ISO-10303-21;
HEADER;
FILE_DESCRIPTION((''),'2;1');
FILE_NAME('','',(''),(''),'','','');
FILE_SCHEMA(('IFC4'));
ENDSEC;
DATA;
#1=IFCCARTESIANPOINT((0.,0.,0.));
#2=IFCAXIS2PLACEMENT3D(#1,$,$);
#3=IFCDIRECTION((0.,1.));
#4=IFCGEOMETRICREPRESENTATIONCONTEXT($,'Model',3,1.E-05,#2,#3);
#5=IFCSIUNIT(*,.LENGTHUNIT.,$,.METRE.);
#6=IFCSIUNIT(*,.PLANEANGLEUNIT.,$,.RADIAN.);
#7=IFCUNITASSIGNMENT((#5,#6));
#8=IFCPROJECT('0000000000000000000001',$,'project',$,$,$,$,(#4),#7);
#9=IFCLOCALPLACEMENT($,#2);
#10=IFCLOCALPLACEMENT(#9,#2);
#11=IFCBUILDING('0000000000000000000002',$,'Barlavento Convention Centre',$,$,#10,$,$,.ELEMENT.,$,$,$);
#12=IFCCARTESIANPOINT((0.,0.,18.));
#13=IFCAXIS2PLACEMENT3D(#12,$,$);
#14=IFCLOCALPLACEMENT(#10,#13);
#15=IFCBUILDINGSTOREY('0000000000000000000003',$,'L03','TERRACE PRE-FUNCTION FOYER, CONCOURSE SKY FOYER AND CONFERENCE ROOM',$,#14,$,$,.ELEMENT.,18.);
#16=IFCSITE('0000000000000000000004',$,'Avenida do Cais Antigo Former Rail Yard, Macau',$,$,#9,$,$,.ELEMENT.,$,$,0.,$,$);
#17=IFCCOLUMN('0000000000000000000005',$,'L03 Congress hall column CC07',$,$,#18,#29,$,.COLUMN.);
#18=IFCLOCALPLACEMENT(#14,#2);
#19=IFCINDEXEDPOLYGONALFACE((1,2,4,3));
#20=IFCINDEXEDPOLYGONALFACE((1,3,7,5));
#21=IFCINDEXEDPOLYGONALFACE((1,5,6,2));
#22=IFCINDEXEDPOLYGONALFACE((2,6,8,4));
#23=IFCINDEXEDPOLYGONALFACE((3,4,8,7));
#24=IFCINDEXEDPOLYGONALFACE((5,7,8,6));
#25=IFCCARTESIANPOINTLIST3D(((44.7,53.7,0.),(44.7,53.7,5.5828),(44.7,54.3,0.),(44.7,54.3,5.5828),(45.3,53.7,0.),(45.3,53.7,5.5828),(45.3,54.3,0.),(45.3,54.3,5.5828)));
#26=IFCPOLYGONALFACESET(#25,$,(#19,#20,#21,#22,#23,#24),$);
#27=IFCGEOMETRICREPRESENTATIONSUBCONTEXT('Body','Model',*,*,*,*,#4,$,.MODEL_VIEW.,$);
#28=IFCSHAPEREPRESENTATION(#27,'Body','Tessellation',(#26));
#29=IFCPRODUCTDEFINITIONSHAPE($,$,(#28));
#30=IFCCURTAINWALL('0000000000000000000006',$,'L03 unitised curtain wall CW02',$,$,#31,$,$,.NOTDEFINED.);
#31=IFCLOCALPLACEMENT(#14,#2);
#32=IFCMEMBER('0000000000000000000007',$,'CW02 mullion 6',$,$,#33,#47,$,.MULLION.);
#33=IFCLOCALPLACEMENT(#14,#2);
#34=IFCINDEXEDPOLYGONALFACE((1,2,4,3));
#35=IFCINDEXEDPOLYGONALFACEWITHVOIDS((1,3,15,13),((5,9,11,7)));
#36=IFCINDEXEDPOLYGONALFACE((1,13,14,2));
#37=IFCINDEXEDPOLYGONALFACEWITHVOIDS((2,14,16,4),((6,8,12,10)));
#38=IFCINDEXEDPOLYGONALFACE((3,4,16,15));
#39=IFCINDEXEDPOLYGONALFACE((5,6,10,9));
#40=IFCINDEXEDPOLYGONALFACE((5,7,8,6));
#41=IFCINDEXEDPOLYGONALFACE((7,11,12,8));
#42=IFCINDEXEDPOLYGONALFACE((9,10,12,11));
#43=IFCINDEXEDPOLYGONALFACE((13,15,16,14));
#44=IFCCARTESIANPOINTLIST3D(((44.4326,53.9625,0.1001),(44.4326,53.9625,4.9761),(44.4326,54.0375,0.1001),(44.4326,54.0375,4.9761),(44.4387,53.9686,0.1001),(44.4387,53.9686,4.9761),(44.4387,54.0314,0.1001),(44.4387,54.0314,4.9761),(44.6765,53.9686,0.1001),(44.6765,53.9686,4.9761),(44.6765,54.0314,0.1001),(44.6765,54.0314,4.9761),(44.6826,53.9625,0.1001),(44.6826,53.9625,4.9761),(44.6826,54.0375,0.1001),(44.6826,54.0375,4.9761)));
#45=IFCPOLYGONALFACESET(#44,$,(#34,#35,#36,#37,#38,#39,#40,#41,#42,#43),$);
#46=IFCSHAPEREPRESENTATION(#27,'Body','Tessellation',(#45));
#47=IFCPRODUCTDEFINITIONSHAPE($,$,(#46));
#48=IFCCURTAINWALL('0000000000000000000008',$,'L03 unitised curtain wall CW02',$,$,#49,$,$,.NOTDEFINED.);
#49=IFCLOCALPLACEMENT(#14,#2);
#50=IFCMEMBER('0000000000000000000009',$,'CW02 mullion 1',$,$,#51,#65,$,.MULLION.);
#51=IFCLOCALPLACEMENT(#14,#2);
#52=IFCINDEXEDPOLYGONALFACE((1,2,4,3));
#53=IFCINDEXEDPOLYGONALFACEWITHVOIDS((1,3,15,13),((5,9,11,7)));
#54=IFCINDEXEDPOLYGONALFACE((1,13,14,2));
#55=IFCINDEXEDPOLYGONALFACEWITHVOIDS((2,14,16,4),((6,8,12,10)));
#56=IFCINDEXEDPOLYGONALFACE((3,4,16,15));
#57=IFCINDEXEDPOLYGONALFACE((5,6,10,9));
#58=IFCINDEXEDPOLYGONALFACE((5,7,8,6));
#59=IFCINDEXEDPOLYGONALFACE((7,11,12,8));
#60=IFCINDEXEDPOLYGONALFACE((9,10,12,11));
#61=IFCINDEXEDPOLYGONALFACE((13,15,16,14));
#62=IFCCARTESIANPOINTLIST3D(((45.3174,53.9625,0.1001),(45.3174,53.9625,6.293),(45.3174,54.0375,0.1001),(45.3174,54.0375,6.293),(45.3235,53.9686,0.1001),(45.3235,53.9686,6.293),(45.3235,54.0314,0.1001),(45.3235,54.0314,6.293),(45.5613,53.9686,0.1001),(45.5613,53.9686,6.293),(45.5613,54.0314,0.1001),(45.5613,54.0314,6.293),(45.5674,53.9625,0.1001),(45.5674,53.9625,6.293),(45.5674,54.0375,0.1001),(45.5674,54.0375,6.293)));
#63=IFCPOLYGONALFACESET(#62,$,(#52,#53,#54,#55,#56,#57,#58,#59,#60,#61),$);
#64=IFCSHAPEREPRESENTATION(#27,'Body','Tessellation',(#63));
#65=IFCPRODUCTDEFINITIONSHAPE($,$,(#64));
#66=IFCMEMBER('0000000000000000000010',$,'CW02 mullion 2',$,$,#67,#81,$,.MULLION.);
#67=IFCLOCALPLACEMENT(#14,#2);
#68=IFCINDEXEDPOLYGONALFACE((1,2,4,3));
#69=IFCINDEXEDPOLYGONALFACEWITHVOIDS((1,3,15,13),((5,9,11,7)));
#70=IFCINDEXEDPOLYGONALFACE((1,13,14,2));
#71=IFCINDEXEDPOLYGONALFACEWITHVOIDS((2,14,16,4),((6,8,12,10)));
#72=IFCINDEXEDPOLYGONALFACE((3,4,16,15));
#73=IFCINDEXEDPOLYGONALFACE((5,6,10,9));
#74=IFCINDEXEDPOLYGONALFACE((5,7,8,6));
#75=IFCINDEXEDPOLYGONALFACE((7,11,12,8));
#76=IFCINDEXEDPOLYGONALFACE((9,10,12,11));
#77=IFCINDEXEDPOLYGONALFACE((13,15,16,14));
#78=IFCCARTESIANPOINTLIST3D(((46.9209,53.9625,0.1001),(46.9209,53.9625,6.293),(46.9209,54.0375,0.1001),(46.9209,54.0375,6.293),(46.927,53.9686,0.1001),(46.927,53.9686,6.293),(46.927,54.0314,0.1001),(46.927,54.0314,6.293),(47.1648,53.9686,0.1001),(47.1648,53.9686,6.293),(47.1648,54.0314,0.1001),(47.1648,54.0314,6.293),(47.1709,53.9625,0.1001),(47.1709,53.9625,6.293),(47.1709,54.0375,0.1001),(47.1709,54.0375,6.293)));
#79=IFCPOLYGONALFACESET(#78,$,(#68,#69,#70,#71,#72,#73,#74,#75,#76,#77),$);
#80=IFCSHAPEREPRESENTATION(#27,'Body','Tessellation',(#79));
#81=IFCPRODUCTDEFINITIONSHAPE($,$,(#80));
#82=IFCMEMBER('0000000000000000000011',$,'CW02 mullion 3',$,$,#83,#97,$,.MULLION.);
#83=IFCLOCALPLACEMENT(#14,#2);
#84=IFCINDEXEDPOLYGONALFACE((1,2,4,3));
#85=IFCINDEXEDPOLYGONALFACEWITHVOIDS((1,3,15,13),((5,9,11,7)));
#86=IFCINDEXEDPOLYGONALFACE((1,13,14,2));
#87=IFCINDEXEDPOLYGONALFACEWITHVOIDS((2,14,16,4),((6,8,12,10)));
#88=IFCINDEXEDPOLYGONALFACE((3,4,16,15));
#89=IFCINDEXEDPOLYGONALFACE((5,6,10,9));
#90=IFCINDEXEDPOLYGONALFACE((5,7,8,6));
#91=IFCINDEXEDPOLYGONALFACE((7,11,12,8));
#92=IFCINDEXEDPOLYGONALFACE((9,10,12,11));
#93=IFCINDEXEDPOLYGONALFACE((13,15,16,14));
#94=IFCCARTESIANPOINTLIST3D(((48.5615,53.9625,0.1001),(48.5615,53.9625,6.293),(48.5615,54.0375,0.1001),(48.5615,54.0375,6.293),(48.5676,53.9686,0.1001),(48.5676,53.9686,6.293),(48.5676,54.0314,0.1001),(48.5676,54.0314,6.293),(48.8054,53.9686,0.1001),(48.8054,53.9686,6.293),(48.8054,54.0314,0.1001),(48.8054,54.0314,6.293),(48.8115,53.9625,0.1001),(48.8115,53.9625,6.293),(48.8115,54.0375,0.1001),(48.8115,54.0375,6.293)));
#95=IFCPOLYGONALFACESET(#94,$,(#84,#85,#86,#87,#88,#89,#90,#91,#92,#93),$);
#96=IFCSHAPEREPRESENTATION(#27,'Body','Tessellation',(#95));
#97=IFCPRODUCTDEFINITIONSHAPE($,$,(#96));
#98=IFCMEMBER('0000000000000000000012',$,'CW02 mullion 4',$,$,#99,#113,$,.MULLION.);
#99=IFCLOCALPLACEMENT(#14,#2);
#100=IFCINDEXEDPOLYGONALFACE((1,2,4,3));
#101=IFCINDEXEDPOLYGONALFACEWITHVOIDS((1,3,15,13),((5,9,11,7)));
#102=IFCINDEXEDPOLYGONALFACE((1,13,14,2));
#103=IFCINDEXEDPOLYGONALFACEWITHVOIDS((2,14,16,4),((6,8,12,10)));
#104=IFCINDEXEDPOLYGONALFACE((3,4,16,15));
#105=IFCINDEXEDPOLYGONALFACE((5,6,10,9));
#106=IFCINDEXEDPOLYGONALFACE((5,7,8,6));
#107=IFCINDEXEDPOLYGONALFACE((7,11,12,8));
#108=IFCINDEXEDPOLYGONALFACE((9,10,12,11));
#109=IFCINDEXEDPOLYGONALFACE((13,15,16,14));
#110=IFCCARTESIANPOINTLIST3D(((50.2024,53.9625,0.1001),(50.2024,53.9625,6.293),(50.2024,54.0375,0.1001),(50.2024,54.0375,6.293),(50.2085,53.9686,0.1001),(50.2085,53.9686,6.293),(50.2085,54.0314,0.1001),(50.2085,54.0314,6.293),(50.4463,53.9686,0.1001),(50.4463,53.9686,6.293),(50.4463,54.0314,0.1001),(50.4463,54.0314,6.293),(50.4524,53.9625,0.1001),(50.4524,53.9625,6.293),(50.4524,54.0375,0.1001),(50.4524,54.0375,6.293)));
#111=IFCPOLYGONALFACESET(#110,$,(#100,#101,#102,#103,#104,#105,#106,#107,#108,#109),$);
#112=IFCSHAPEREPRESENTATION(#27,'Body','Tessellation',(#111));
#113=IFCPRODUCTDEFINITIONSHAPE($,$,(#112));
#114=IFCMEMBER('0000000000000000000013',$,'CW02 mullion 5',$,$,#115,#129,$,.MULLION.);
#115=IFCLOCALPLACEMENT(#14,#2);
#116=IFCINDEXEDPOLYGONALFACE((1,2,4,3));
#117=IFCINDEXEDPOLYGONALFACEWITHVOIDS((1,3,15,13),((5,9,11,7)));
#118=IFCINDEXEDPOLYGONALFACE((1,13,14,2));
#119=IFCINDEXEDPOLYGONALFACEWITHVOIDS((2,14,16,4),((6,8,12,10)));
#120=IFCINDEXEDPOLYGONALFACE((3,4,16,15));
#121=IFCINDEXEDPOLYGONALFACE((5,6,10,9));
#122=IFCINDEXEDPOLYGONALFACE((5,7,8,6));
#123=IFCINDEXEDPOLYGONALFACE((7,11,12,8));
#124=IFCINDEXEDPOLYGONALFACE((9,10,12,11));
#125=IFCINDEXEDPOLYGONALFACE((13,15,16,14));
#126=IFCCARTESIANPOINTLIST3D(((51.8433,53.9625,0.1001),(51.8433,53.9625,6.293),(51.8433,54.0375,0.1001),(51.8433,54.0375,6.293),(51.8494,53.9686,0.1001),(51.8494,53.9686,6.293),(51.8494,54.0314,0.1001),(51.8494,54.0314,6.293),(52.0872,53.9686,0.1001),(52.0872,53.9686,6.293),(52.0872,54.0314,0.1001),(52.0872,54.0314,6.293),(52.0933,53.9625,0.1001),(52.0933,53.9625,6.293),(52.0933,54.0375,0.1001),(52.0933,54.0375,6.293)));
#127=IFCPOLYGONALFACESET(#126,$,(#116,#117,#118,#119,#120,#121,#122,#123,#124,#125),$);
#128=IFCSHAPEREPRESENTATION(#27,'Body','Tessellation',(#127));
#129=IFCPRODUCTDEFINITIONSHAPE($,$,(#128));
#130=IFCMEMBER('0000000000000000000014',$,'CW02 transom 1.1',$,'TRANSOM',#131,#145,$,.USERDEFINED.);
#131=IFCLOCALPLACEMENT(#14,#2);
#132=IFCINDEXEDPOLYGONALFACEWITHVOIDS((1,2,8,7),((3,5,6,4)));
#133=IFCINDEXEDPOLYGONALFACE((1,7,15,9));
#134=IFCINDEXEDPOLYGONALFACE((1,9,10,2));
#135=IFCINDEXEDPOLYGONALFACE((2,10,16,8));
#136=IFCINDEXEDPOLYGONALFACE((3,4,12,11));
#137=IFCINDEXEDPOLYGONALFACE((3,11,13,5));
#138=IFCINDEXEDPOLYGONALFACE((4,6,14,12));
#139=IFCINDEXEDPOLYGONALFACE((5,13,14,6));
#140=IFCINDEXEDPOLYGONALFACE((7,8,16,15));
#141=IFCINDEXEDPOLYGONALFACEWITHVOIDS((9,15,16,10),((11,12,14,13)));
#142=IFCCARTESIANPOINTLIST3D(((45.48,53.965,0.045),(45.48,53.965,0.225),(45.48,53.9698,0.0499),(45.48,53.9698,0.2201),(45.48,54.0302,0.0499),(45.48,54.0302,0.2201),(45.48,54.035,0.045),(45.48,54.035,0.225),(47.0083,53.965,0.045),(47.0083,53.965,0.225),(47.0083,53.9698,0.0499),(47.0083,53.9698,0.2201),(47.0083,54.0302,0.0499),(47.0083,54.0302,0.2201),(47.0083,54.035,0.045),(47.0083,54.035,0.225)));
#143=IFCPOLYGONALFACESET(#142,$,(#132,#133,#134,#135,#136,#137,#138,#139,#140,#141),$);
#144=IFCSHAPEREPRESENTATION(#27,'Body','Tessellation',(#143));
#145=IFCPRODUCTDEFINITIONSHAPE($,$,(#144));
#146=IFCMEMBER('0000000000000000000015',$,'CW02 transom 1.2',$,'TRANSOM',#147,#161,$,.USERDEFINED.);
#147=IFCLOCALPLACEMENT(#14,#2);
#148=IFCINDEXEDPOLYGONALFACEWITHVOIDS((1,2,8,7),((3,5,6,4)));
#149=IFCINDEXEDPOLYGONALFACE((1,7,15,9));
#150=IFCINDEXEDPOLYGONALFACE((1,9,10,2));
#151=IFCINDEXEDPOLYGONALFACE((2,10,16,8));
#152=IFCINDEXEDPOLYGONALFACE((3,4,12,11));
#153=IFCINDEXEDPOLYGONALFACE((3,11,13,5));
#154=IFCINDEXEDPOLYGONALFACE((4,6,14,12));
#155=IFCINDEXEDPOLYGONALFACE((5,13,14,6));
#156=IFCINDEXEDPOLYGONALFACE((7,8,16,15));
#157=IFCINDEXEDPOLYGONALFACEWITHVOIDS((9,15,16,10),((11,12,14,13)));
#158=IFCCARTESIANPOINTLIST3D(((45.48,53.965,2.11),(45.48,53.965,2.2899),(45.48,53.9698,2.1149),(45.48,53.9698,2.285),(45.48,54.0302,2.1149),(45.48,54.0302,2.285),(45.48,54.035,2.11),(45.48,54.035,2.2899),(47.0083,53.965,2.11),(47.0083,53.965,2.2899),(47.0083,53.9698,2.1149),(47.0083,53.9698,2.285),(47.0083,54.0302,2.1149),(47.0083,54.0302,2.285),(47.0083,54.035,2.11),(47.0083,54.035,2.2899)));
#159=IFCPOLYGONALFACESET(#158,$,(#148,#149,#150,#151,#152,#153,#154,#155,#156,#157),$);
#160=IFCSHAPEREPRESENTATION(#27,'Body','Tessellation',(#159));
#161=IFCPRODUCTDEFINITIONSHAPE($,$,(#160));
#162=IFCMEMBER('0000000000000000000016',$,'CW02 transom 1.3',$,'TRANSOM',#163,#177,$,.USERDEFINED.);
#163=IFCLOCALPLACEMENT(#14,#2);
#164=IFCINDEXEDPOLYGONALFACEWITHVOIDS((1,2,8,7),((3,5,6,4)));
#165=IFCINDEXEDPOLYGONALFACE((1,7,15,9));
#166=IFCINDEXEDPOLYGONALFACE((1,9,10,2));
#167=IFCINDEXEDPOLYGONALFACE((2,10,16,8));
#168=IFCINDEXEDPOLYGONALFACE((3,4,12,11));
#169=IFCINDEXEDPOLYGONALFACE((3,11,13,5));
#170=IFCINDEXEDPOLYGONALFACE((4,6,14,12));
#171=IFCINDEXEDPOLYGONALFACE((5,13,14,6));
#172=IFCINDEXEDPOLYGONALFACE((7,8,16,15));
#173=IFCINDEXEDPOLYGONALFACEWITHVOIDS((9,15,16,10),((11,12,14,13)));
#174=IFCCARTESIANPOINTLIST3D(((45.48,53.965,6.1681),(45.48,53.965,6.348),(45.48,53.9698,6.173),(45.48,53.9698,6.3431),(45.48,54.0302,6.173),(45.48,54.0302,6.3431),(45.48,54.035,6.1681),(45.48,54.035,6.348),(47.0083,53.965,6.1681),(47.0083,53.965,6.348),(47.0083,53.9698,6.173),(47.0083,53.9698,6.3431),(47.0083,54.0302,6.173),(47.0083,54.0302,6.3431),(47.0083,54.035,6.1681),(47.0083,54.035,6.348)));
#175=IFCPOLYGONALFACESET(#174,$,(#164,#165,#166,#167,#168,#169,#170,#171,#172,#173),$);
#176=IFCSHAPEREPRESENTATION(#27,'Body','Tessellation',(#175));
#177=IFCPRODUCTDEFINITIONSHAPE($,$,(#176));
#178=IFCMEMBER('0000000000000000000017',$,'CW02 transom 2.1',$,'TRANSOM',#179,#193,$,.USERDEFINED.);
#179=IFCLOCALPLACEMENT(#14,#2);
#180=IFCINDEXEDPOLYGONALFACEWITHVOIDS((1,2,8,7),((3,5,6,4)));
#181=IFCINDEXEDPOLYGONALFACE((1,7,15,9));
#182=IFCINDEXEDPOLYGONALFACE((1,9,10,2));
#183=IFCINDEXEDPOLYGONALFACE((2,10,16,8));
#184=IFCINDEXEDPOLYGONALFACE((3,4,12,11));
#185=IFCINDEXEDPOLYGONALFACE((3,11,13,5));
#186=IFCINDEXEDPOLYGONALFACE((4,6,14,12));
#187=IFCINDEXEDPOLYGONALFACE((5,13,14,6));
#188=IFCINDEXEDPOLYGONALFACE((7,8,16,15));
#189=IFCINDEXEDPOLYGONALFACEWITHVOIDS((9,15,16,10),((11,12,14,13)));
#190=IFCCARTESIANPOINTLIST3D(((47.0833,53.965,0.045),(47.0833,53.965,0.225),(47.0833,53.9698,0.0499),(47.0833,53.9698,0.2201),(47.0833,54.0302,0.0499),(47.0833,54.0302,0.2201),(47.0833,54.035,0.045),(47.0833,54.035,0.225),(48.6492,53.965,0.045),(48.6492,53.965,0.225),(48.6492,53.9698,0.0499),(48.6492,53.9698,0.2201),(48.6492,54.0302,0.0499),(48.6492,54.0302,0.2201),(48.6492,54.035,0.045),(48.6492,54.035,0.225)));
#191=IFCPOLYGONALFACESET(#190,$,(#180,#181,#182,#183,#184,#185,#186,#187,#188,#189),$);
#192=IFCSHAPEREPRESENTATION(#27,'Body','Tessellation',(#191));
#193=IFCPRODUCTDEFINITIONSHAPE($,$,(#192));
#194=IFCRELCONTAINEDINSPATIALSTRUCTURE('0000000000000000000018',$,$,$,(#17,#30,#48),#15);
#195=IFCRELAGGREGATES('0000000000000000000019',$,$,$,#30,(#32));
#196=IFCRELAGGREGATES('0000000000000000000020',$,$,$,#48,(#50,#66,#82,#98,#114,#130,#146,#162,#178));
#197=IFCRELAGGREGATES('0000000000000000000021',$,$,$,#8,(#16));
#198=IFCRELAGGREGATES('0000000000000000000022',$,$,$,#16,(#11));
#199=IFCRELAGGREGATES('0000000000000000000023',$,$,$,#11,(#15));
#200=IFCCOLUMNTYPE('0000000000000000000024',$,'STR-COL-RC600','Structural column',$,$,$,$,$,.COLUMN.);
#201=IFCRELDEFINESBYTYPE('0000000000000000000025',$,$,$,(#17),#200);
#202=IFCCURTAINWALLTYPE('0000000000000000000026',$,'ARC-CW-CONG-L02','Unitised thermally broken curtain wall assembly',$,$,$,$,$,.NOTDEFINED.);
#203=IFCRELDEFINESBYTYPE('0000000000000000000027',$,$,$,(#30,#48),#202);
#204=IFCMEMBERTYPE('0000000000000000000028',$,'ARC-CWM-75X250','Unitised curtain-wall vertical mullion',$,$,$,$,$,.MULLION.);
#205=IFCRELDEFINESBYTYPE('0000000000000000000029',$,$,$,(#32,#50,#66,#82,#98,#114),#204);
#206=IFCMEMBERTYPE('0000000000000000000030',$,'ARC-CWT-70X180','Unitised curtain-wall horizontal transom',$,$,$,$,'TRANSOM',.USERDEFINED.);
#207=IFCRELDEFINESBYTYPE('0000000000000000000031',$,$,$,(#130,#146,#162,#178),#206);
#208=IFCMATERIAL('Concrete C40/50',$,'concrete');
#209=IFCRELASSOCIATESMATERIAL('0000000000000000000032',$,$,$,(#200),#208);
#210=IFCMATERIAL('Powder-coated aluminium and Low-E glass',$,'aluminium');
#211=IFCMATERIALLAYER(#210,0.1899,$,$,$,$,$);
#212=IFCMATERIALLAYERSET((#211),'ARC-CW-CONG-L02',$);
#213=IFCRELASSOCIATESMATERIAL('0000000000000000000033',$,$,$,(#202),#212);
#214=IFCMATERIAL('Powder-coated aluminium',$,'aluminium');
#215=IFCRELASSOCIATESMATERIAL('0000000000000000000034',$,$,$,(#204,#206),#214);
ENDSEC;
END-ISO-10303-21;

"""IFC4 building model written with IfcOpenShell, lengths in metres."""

from ifc_helpers import new_model, si_unit, direction, frame, origin, origin_2d, place, context, subcontext, project, spatial, rectangle, hollow_rectangle, extrude, material, layer, layer_set, material_profile, profile_set, type_object, element, aggregate, save


model = new_model("IFC4")

# Units and contexts
model_context = context("Model", 3, precision=1e-05, world=origin(), true_north=direction((0.0, 1.0)))
body_context = subcontext(model_context, "Body", "Model", "MODEL_VIEW")
ifc_project = project(units=[si_unit("LENGTHUNIT", "METRE"), si_unit("PLANEANGLEUNIT", "RADIAN")], contexts=[model_context])

# Site, building, storey
site_placement = place(None, origin())
site = spatial("IfcSite", under=ifc_project, at=site_placement, Name="Avenida do Cais Antigo Former Rail Yard, Macau", CompositionType="ELEMENT", RefElevation=0.0)
building_placement = place(site_placement, origin())
building = spatial("IfcBuilding", under=site, at=building_placement, Name="Barlavento Convention Centre", CompositionType="ELEMENT")
storey_placement = place(building_placement, frame((0.0, 0.0, 18.0)))
storey = spatial("IfcBuildingStorey", under=building, at=storey_placement, Name="L03", Description="TERRACE PRE-FUNCTION FOYER, CONCOURSE SKY FOYER AND CONFERENCE ROOM", CompositionType="ELEMENT", Elevation=18.0)

# Column
ifc_material_1 = material(Name="Concrete C40/50", Category="concrete")
ifc_material_profile_1 = material_profile(ifc_material_1, rectangle(XDim=0.6001, YDim=0.6001, at=origin_2d()), Name="RC 600x600")
ifc_profile_set_1 = profile_set([ifc_material_profile_1], Name="Concrete C40/50")
column_type = type_object("IfcColumnType", Name="STR-COL-RC600", Description="Structural column", PredefinedType="COLUMN", material=ifc_profile_set_1)
column_placement = place(storey_placement, frame((45.0, 54.0, 0.0), z_axis=(0.0, 0.0, 1.0), x_axis=(1.0, 0.0, 0.0)))
element("IfcColumn", 1, at=column_placement, inside=storey, type_object=column_type, Name="L03 Congress hall column CC07", PredefinedType="COLUMN", context=body_context, shape_type="SweptSolid", body=[
    extrude(rectangle(XDim=0.6001, YDim=0.6001, at=origin_2d()), origin(), (0.0, 0.0, 1.0), 5.5828),
])

# Curtain wall, member
ifc_material_2 = material(Name="Powder-coated aluminium and Low-E glass", Category="aluminium")
ifc_layer_1 = layer(ifc_material_2, 0.1899)
ifc_layer_set_1 = layer_set([ifc_layer_1], Name="ARC-CW-CONG-L02")
curtain_wall_type = type_object("IfcCurtainWallType", Name="ARC-CW-CONG-L02", Description="Unitised thermally broken curtain wall assembly", PredefinedType="NOTDEFINED", material=ifc_layer_set_1)
curtain_wall_1_placement = place(storey_placement, origin())
curtain_wall_1 = element("IfcCurtainWall", 2, at=curtain_wall_1_placement, inside=storey, type_object=curtain_wall_type, Name="L03 unitised curtain wall CW02", PredefinedType="NOTDEFINED")
ifc_material_3 = material(Name="Powder-coated aluminium", Category="aluminium")
ifc_material_profile_2 = material_profile(ifc_material_3, hollow_rectangle(XDim=0.075, YDim=0.25, WallThickness=0.0061, at=origin_2d()), Name="AL-MULL 75x250x6")
ifc_profile_set_2 = profile_set([ifc_material_profile_2], Name="Powder-coated aluminium")
member_type_1 = type_object("IfcMemberType", Name="ARC-CWM-75X250", Description="Unitised curtain-wall vertical mullion", PredefinedType="MULLION", material=ifc_profile_set_2)
member_1_placement = place(storey_placement, frame((44.5576, 54.0, 0.1001), z_axis=(0.0, 0.0, 1.0), x_axis=(0.0, 1.0, 0.0)))
member_1 = element("IfcMember", 3, at=member_1_placement, type_object=member_type_1, Name="CW02 mullion 6", PredefinedType="MULLION", context=body_context, shape_type="SweptSolid", body=[
    extrude(hollow_rectangle(XDim=0.075, YDim=0.25, WallThickness=0.0061, at=origin_2d()), origin(), (0.0, 0.0, 1.0), 4.876),
])

# Curtain wall, members
curtain_wall_2_placement = place(storey_placement, origin())
curtain_wall_2 = element("IfcCurtainWall", 4, at=curtain_wall_2_placement, inside=storey, type_object=curtain_wall_type, Name="L03 unitised curtain wall CW02", PredefinedType="NOTDEFINED")
member_2_placement = place(storey_placement, frame((45.4424, 54.0, 0.1001), z_axis=(0.0, 0.0, 1.0), x_axis=(0.0, 1.0, 0.0)))
member_2 = element("IfcMember", 5, at=member_2_placement, type_object=member_type_1, Name="CW02 mullion 1", PredefinedType="MULLION", context=body_context, shape_type="SweptSolid", body=[
    extrude(hollow_rectangle(XDim=0.075, YDim=0.25, WallThickness=0.0061, at=origin_2d()), origin(), (0.0, 0.0, 1.0), 6.1929),
])
member_3_placement = place(storey_placement, frame((47.0459, 54.0, 0.1001), z_axis=(0.0, 0.0, 1.0), x_axis=(0.0, 1.0, 0.0)))
member_3 = element("IfcMember", 6, at=member_3_placement, type_object=member_type_1, Name="CW02 mullion 2", PredefinedType="MULLION", context=body_context, shape_type="SweptSolid", body=[
    extrude(hollow_rectangle(XDim=0.075, YDim=0.25, WallThickness=0.0061, at=origin_2d()), origin(), (0.0, 0.0, 1.0), 6.1929),
])
member_4_placement = place(storey_placement, frame((48.6865, 54.0, 0.1001), z_axis=(0.0, 0.0, 1.0), x_axis=(0.0, 1.0, 0.0)))
member_4 = element("IfcMember", 7, at=member_4_placement, type_object=member_type_1, Name="CW02 mullion 3", PredefinedType="MULLION", context=body_context, shape_type="SweptSolid", body=[
    extrude(hollow_rectangle(XDim=0.075, YDim=0.25, WallThickness=0.0061, at=origin_2d()), origin(), (0.0, 0.0, 1.0), 6.1929),
])
member_5_placement = place(storey_placement, frame((50.3274, 54.0, 0.1001), z_axis=(0.0, 0.0, 1.0), x_axis=(0.0, 1.0, 0.0)))
member_5 = element("IfcMember", 8, at=member_5_placement, type_object=member_type_1, Name="CW02 mullion 4", PredefinedType="MULLION", context=body_context, shape_type="SweptSolid", body=[
    extrude(hollow_rectangle(XDim=0.075, YDim=0.25, WallThickness=0.0061, at=origin_2d()), origin(), (0.0, 0.0, 1.0), 6.1929),
])
member_6_placement = place(storey_placement, frame((51.9683, 54.0, 0.1001), z_axis=(0.0, 0.0, 1.0), x_axis=(0.0, 1.0, 0.0)))
member_6 = element("IfcMember", 9, at=member_6_placement, type_object=member_type_1, Name="CW02 mullion 5", PredefinedType="MULLION", context=body_context, shape_type="SweptSolid", body=[
    extrude(hollow_rectangle(XDim=0.075, YDim=0.25, WallThickness=0.0061, at=origin_2d()), origin(), (0.0, 0.0, 1.0), 6.1929),
])
ifc_material_profile_3 = material_profile(ifc_material_3, hollow_rectangle(XDim=0.0701, YDim=0.1799, WallThickness=0.0049, at=origin_2d()), Name="AL-TRAN 70x180x5")
ifc_profile_set_3 = profile_set([ifc_material_profile_3], Name="Powder-coated aluminium")
member_type_2 = type_object("IfcMemberType", Name="ARC-CWT-70X180", Description="Unitised curtain-wall horizontal transom", ElementType="TRANSOM", PredefinedType="USERDEFINED", material=ifc_profile_set_3)
member_7_placement = place(storey_placement, frame((45.48, 54.0, 0.135), z_axis=(1.0, 0.0, 0.0), x_axis=(0.0, 1.0, 0.0)))
member_7 = element("IfcMember", 10, at=member_7_placement, type_object=member_type_2, Name="CW02 transom 1.1", ObjectType="TRANSOM", PredefinedType="USERDEFINED", context=body_context, shape_type="SweptSolid", body=[
    extrude(hollow_rectangle(XDim=0.0701, YDim=0.1799, WallThickness=0.0049, at=origin_2d()), origin(), (0.0, 0.0, 1.0), 1.5283),
])
member_8_placement = place(storey_placement, frame((45.48, 54.0, 2.2), z_axis=(1.0, 0.0, 0.0), x_axis=(0.0, 1.0, 0.0)))
member_8 = element("IfcMember", 11, at=member_8_placement, type_object=member_type_2, Name="CW02 transom 1.2", ObjectType="TRANSOM", PredefinedType="USERDEFINED", context=body_context, shape_type="SweptSolid", body=[
    extrude(hollow_rectangle(XDim=0.0701, YDim=0.1799, WallThickness=0.0049, at=origin_2d()), origin(), (0.0, 0.0, 1.0), 1.5283),
])
member_9_placement = place(storey_placement, frame((45.48, 54.0, 6.2581), z_axis=(1.0, 0.0, 0.0), x_axis=(0.0, 1.0, 0.0)))
member_9 = element("IfcMember", 12, at=member_9_placement, type_object=member_type_2, Name="CW02 transom 1.3", ObjectType="TRANSOM", PredefinedType="USERDEFINED", context=body_context, shape_type="SweptSolid", body=[
    extrude(hollow_rectangle(XDim=0.0701, YDim=0.1799, WallThickness=0.0049, at=origin_2d()), origin(), (0.0, 0.0, 1.0), 1.5283),
])
member_10_placement = place(storey_placement, frame((47.0833, 54.0, 0.135), z_axis=(1.0, 0.0, 0.0), x_axis=(0.0, 1.0, 0.0)))
member_10 = element("IfcMember", 13, at=member_10_placement, type_object=member_type_2, Name="CW02 transom 2.1", ObjectType="TRANSOM", PredefinedType="USERDEFINED", context=body_context, shape_type="SweptSolid", body=[
    extrude(hollow_rectangle(XDim=0.0701, YDim=0.1799, WallThickness=0.0049, at=origin_2d()), origin(), (0.0, 0.0, 1.0), 1.5659),
])

aggregate(curtain_wall_1, [member_1])
aggregate(curtain_wall_2, [member_2, member_3, member_4, member_5, member_6, member_7, member_8, member_9, member_10])

save(model, "model.ifc")
